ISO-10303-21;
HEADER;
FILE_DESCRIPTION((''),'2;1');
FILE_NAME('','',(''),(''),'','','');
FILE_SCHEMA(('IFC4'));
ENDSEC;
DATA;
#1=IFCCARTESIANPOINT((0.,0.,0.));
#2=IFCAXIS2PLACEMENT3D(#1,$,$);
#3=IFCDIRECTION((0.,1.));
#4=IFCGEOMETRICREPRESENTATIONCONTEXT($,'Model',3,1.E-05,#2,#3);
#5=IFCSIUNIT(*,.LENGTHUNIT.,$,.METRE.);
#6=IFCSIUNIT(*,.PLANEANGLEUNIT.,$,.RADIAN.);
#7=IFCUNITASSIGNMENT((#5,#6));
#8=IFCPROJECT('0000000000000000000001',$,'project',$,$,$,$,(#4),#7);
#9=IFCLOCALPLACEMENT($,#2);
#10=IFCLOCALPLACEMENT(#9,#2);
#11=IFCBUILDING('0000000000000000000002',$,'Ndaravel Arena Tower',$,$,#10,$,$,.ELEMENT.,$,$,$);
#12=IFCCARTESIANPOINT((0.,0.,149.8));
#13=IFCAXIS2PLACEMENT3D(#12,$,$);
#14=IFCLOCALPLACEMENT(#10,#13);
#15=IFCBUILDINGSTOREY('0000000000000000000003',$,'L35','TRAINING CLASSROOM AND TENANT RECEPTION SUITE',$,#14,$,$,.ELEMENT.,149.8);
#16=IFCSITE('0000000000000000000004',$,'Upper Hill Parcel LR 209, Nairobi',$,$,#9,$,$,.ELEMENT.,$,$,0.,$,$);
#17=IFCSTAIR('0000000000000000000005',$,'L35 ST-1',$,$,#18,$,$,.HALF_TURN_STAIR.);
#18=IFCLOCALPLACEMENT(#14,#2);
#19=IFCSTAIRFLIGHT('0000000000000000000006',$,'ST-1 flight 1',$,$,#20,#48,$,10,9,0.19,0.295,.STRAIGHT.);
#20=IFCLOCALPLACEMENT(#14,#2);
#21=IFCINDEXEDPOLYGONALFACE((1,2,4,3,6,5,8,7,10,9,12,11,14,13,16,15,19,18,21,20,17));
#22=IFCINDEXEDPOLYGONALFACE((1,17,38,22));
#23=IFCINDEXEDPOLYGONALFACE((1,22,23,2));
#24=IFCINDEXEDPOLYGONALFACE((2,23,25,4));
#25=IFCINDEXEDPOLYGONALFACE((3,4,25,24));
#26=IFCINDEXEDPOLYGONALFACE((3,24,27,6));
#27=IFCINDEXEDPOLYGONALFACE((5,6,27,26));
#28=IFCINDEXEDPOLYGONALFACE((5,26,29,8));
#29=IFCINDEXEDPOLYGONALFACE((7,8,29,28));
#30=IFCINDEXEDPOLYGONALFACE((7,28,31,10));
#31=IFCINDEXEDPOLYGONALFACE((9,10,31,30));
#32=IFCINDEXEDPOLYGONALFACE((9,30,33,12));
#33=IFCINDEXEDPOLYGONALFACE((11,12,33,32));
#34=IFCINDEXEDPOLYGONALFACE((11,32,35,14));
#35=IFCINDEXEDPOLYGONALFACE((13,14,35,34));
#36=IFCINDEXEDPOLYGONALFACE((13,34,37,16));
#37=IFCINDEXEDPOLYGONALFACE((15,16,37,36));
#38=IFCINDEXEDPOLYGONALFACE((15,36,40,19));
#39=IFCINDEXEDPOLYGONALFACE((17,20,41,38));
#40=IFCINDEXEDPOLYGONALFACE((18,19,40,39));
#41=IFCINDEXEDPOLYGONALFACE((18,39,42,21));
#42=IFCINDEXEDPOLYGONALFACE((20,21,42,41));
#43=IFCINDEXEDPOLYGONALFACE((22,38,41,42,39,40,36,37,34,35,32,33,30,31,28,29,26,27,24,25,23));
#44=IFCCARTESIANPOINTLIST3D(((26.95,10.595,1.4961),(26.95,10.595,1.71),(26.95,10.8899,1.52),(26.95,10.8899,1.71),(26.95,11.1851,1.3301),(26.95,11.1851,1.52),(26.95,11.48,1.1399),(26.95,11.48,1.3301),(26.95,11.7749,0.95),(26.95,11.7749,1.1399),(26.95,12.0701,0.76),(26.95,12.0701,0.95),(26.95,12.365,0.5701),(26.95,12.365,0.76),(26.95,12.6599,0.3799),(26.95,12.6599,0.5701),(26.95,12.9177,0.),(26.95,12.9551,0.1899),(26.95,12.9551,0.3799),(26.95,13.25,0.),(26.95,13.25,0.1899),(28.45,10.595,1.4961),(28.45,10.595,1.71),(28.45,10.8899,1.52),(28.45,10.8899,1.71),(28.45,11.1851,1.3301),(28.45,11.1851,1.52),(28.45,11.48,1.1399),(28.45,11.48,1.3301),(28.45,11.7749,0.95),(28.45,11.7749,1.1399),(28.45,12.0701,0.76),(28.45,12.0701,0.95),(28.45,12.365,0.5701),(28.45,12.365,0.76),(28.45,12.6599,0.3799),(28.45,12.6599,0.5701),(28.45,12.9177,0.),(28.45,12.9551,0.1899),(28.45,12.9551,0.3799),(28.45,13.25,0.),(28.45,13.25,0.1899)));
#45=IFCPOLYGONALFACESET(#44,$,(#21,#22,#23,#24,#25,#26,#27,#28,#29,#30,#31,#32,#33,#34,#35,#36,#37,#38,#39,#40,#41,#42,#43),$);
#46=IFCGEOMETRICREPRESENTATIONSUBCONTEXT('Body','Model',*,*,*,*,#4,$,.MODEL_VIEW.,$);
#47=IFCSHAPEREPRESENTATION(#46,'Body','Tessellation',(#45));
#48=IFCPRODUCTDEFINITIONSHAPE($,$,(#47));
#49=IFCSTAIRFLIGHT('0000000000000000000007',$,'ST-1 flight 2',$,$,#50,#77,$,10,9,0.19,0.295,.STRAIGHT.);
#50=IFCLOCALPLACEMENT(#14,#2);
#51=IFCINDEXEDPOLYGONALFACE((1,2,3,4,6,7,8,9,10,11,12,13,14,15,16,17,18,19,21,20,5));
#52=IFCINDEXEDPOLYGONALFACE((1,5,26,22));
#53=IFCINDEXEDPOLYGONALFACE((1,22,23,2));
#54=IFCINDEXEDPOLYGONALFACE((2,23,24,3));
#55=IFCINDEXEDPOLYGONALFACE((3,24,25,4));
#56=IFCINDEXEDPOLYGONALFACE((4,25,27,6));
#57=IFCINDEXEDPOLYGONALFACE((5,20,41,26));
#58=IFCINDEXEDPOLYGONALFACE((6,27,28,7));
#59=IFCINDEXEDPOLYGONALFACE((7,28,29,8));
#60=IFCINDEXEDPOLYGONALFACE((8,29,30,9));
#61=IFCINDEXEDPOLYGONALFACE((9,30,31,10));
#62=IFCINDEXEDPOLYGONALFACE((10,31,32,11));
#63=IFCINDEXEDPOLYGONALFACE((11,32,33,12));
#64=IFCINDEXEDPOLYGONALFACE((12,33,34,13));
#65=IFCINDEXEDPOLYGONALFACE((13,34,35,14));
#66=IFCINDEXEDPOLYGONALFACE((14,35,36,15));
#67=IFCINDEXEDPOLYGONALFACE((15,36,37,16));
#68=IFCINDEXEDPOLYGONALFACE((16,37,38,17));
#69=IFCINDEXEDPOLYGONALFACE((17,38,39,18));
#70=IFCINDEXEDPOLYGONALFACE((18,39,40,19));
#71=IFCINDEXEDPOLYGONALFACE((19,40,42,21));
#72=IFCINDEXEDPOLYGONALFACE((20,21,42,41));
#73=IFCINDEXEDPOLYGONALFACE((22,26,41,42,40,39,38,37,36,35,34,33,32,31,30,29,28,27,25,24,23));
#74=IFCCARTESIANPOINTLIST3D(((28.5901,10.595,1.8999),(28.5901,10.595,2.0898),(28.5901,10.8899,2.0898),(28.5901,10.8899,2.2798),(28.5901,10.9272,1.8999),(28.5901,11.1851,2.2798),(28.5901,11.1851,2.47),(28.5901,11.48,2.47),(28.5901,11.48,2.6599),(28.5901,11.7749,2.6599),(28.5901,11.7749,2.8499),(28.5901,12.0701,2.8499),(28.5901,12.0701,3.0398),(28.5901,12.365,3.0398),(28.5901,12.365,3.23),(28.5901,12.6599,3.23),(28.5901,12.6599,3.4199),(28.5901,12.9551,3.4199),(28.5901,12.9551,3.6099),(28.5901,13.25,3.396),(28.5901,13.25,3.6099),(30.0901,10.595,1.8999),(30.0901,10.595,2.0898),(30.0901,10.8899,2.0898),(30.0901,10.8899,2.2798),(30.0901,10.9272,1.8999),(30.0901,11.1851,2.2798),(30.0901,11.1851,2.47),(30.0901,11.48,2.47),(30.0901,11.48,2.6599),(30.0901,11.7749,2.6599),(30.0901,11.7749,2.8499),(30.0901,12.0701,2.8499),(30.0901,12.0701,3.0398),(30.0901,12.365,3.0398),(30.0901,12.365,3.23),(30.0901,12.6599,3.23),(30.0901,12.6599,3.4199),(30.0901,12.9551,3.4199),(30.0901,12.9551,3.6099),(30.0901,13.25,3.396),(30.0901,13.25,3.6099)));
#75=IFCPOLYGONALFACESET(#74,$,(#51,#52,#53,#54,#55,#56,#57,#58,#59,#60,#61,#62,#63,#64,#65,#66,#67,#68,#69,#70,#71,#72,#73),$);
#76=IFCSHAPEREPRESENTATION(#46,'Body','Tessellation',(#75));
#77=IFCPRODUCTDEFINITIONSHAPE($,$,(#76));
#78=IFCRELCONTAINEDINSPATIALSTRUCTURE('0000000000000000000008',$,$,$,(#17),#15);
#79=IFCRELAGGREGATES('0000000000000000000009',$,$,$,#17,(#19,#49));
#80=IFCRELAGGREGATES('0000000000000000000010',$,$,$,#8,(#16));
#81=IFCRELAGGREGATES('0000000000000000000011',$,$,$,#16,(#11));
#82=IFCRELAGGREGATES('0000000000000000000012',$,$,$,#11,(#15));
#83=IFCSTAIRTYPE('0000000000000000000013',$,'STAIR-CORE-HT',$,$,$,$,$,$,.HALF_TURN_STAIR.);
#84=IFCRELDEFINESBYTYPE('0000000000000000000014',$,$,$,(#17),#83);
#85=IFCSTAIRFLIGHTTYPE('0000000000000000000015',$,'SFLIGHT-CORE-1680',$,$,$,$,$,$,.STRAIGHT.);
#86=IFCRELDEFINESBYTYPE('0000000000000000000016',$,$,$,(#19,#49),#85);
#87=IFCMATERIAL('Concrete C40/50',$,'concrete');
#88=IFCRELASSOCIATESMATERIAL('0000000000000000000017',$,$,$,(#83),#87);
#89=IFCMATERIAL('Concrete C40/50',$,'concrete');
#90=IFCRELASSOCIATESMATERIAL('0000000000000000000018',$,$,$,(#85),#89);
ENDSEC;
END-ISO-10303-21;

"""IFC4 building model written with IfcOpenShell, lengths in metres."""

from ifc_helpers import new_model, si_unit, direction, frame, origin, place, context, subcontext, project, spatial, polyline, outline, extrude, material, type_object, element, aggregate, save


model = new_model("IFC4")

# Units and contexts
model_context = context("Model", 3, precision=1e-05, world=origin(), true_north=direction((0.0, 1.0)))
body_context = subcontext(model_context, "Body", "Model", "MODEL_VIEW")
ifc_project = project(units=[si_unit("LENGTHUNIT", "METRE"), si_unit("PLANEANGLEUNIT", "RADIAN")], contexts=[model_context])

# Site, building, storey
site_placement = place(None, origin())
site = spatial("IfcSite", under=ifc_project, at=site_placement, Name="Upper Hill Parcel LR 209, Nairobi", CompositionType="ELEMENT", RefElevation=0.0)
building_placement = place(site_placement, origin())
building = spatial("IfcBuilding", under=site, at=building_placement, Name="Ndaravel Arena Tower", CompositionType="ELEMENT")
storey_placement = place(building_placement, frame((0.0, 0.0, 149.8)))
storey = spatial("IfcBuildingStorey", under=building, at=storey_placement, Name="L35", Description="TRAINING CLASSROOM AND TENANT RECEPTION SUITE", CompositionType="ELEMENT", Elevation=149.8)

# Stair, stair flights
ifc_material_1 = material(Name="Concrete C40/50", Category="concrete")
stair_type = type_object("IfcStairType", Name="STAIR-CORE-HT", PredefinedType="HALF_TURN_STAIR", material=ifc_material_1)
stair_placement = place(storey_placement, origin())
stair = element("IfcStair", 1, at=stair_placement, inside=storey, type_object=stair_type, Name="L35 ST-1", PredefinedType="HALF_TURN_STAIR")
ifc_material_2 = material(Name="Concrete C40/50", Category="concrete")
stair_flight_type = type_object("IfcStairFlightType", Name="SFLIGHT-CORE-1680", PredefinedType="STRAIGHT", material=ifc_material_2)
stair_flight_1_placement = place(storey_placement, frame((27.7, 13.25, 0.0), z_axis=(0.0, 0.0, 1.0), x_axis=(0.0, -1.0, 0.0)))
stair_flight_1 = element("IfcStairFlight", 2, at=stair_flight_1_placement, type_object=stair_flight_type, Name="ST-1 flight 1", NumberOfRisers=10, NumberOfTreads=9, PredefinedType="STRAIGHT", RiserHeight=0.19, TreadLength=0.295, context=body_context, shape_type="SweptSolid", body=[
    extrude(outline(polyline([(0.0, 0.0), (0.0, 0.1899), (0.2949, 0.1899), (0.2949, 0.3799), (0.5901, 0.3799), (0.5901, 0.5701), (0.885, 0.5701), (0.885, 0.76), (1.1799, 0.76), (1.1799, 0.95), (1.4751, 0.95), (1.4751, 1.1399), (1.77, 1.1399), (1.77, 1.3301), (2.0649, 1.3301), (2.0649, 1.52), (2.3601, 1.52), (2.3601, 1.71), (2.655, 1.71), (2.655, 1.8999), (2.655, 1.4961), (0.3323, 0.0), (0.0, 0.0)])), frame((0.0, 0.75, 0.0), z_axis=(0.0, -1.0, 0.0), x_axis=(1.0, 0.0, 0.0)), (0.0, 0.0, 1.0), 1.5),
])
stair_flight_2_placement = place(storey_placement, frame((29.3401, 10.595, 1.8999), z_axis=(0.0, 0.0, 1.0), x_axis=(0.0, 1.0, 0.0)))
stair_flight_2 = element("IfcStairFlight", 3, at=stair_flight_2_placement, type_object=stair_flight_type, Name="ST-1 flight 2", NumberOfRisers=10, NumberOfTreads=9, PredefinedType="STRAIGHT", RiserHeight=0.19, TreadLength=0.295, context=body_context, shape_type="SweptSolid", body=[
    extrude(outline(polyline([(0.0, 0.0), (0.0, 0.1899), (0.2949, 0.1899), (0.2949, 0.3799), (0.5901, 0.3799), (0.5901, 0.5701), (0.885, 0.5701), (0.885, 0.76), (1.1799, 0.76), (1.1799, 0.95), (1.4751, 0.95), (1.4751, 1.1399), (1.77, 1.1399), (1.77, 1.3301), (2.0649, 1.3301), (2.0649, 1.52), (2.3601, 1.52), (2.3601, 1.71), (2.655, 1.71), (2.655, 1.8999), (2.655, 1.4961), (0.3323, 0.0), (0.0, 0.0)])), frame((0.0, 0.75, 0.0), z_axis=(0.0, -1.0, 0.0), x_axis=(1.0, 0.0, 0.0)), (0.0, 0.0, 1.0), 1.5),
])
aggregate(stair, [stair_flight_1, stair_flight_2])

save(model, "model.ifc")
